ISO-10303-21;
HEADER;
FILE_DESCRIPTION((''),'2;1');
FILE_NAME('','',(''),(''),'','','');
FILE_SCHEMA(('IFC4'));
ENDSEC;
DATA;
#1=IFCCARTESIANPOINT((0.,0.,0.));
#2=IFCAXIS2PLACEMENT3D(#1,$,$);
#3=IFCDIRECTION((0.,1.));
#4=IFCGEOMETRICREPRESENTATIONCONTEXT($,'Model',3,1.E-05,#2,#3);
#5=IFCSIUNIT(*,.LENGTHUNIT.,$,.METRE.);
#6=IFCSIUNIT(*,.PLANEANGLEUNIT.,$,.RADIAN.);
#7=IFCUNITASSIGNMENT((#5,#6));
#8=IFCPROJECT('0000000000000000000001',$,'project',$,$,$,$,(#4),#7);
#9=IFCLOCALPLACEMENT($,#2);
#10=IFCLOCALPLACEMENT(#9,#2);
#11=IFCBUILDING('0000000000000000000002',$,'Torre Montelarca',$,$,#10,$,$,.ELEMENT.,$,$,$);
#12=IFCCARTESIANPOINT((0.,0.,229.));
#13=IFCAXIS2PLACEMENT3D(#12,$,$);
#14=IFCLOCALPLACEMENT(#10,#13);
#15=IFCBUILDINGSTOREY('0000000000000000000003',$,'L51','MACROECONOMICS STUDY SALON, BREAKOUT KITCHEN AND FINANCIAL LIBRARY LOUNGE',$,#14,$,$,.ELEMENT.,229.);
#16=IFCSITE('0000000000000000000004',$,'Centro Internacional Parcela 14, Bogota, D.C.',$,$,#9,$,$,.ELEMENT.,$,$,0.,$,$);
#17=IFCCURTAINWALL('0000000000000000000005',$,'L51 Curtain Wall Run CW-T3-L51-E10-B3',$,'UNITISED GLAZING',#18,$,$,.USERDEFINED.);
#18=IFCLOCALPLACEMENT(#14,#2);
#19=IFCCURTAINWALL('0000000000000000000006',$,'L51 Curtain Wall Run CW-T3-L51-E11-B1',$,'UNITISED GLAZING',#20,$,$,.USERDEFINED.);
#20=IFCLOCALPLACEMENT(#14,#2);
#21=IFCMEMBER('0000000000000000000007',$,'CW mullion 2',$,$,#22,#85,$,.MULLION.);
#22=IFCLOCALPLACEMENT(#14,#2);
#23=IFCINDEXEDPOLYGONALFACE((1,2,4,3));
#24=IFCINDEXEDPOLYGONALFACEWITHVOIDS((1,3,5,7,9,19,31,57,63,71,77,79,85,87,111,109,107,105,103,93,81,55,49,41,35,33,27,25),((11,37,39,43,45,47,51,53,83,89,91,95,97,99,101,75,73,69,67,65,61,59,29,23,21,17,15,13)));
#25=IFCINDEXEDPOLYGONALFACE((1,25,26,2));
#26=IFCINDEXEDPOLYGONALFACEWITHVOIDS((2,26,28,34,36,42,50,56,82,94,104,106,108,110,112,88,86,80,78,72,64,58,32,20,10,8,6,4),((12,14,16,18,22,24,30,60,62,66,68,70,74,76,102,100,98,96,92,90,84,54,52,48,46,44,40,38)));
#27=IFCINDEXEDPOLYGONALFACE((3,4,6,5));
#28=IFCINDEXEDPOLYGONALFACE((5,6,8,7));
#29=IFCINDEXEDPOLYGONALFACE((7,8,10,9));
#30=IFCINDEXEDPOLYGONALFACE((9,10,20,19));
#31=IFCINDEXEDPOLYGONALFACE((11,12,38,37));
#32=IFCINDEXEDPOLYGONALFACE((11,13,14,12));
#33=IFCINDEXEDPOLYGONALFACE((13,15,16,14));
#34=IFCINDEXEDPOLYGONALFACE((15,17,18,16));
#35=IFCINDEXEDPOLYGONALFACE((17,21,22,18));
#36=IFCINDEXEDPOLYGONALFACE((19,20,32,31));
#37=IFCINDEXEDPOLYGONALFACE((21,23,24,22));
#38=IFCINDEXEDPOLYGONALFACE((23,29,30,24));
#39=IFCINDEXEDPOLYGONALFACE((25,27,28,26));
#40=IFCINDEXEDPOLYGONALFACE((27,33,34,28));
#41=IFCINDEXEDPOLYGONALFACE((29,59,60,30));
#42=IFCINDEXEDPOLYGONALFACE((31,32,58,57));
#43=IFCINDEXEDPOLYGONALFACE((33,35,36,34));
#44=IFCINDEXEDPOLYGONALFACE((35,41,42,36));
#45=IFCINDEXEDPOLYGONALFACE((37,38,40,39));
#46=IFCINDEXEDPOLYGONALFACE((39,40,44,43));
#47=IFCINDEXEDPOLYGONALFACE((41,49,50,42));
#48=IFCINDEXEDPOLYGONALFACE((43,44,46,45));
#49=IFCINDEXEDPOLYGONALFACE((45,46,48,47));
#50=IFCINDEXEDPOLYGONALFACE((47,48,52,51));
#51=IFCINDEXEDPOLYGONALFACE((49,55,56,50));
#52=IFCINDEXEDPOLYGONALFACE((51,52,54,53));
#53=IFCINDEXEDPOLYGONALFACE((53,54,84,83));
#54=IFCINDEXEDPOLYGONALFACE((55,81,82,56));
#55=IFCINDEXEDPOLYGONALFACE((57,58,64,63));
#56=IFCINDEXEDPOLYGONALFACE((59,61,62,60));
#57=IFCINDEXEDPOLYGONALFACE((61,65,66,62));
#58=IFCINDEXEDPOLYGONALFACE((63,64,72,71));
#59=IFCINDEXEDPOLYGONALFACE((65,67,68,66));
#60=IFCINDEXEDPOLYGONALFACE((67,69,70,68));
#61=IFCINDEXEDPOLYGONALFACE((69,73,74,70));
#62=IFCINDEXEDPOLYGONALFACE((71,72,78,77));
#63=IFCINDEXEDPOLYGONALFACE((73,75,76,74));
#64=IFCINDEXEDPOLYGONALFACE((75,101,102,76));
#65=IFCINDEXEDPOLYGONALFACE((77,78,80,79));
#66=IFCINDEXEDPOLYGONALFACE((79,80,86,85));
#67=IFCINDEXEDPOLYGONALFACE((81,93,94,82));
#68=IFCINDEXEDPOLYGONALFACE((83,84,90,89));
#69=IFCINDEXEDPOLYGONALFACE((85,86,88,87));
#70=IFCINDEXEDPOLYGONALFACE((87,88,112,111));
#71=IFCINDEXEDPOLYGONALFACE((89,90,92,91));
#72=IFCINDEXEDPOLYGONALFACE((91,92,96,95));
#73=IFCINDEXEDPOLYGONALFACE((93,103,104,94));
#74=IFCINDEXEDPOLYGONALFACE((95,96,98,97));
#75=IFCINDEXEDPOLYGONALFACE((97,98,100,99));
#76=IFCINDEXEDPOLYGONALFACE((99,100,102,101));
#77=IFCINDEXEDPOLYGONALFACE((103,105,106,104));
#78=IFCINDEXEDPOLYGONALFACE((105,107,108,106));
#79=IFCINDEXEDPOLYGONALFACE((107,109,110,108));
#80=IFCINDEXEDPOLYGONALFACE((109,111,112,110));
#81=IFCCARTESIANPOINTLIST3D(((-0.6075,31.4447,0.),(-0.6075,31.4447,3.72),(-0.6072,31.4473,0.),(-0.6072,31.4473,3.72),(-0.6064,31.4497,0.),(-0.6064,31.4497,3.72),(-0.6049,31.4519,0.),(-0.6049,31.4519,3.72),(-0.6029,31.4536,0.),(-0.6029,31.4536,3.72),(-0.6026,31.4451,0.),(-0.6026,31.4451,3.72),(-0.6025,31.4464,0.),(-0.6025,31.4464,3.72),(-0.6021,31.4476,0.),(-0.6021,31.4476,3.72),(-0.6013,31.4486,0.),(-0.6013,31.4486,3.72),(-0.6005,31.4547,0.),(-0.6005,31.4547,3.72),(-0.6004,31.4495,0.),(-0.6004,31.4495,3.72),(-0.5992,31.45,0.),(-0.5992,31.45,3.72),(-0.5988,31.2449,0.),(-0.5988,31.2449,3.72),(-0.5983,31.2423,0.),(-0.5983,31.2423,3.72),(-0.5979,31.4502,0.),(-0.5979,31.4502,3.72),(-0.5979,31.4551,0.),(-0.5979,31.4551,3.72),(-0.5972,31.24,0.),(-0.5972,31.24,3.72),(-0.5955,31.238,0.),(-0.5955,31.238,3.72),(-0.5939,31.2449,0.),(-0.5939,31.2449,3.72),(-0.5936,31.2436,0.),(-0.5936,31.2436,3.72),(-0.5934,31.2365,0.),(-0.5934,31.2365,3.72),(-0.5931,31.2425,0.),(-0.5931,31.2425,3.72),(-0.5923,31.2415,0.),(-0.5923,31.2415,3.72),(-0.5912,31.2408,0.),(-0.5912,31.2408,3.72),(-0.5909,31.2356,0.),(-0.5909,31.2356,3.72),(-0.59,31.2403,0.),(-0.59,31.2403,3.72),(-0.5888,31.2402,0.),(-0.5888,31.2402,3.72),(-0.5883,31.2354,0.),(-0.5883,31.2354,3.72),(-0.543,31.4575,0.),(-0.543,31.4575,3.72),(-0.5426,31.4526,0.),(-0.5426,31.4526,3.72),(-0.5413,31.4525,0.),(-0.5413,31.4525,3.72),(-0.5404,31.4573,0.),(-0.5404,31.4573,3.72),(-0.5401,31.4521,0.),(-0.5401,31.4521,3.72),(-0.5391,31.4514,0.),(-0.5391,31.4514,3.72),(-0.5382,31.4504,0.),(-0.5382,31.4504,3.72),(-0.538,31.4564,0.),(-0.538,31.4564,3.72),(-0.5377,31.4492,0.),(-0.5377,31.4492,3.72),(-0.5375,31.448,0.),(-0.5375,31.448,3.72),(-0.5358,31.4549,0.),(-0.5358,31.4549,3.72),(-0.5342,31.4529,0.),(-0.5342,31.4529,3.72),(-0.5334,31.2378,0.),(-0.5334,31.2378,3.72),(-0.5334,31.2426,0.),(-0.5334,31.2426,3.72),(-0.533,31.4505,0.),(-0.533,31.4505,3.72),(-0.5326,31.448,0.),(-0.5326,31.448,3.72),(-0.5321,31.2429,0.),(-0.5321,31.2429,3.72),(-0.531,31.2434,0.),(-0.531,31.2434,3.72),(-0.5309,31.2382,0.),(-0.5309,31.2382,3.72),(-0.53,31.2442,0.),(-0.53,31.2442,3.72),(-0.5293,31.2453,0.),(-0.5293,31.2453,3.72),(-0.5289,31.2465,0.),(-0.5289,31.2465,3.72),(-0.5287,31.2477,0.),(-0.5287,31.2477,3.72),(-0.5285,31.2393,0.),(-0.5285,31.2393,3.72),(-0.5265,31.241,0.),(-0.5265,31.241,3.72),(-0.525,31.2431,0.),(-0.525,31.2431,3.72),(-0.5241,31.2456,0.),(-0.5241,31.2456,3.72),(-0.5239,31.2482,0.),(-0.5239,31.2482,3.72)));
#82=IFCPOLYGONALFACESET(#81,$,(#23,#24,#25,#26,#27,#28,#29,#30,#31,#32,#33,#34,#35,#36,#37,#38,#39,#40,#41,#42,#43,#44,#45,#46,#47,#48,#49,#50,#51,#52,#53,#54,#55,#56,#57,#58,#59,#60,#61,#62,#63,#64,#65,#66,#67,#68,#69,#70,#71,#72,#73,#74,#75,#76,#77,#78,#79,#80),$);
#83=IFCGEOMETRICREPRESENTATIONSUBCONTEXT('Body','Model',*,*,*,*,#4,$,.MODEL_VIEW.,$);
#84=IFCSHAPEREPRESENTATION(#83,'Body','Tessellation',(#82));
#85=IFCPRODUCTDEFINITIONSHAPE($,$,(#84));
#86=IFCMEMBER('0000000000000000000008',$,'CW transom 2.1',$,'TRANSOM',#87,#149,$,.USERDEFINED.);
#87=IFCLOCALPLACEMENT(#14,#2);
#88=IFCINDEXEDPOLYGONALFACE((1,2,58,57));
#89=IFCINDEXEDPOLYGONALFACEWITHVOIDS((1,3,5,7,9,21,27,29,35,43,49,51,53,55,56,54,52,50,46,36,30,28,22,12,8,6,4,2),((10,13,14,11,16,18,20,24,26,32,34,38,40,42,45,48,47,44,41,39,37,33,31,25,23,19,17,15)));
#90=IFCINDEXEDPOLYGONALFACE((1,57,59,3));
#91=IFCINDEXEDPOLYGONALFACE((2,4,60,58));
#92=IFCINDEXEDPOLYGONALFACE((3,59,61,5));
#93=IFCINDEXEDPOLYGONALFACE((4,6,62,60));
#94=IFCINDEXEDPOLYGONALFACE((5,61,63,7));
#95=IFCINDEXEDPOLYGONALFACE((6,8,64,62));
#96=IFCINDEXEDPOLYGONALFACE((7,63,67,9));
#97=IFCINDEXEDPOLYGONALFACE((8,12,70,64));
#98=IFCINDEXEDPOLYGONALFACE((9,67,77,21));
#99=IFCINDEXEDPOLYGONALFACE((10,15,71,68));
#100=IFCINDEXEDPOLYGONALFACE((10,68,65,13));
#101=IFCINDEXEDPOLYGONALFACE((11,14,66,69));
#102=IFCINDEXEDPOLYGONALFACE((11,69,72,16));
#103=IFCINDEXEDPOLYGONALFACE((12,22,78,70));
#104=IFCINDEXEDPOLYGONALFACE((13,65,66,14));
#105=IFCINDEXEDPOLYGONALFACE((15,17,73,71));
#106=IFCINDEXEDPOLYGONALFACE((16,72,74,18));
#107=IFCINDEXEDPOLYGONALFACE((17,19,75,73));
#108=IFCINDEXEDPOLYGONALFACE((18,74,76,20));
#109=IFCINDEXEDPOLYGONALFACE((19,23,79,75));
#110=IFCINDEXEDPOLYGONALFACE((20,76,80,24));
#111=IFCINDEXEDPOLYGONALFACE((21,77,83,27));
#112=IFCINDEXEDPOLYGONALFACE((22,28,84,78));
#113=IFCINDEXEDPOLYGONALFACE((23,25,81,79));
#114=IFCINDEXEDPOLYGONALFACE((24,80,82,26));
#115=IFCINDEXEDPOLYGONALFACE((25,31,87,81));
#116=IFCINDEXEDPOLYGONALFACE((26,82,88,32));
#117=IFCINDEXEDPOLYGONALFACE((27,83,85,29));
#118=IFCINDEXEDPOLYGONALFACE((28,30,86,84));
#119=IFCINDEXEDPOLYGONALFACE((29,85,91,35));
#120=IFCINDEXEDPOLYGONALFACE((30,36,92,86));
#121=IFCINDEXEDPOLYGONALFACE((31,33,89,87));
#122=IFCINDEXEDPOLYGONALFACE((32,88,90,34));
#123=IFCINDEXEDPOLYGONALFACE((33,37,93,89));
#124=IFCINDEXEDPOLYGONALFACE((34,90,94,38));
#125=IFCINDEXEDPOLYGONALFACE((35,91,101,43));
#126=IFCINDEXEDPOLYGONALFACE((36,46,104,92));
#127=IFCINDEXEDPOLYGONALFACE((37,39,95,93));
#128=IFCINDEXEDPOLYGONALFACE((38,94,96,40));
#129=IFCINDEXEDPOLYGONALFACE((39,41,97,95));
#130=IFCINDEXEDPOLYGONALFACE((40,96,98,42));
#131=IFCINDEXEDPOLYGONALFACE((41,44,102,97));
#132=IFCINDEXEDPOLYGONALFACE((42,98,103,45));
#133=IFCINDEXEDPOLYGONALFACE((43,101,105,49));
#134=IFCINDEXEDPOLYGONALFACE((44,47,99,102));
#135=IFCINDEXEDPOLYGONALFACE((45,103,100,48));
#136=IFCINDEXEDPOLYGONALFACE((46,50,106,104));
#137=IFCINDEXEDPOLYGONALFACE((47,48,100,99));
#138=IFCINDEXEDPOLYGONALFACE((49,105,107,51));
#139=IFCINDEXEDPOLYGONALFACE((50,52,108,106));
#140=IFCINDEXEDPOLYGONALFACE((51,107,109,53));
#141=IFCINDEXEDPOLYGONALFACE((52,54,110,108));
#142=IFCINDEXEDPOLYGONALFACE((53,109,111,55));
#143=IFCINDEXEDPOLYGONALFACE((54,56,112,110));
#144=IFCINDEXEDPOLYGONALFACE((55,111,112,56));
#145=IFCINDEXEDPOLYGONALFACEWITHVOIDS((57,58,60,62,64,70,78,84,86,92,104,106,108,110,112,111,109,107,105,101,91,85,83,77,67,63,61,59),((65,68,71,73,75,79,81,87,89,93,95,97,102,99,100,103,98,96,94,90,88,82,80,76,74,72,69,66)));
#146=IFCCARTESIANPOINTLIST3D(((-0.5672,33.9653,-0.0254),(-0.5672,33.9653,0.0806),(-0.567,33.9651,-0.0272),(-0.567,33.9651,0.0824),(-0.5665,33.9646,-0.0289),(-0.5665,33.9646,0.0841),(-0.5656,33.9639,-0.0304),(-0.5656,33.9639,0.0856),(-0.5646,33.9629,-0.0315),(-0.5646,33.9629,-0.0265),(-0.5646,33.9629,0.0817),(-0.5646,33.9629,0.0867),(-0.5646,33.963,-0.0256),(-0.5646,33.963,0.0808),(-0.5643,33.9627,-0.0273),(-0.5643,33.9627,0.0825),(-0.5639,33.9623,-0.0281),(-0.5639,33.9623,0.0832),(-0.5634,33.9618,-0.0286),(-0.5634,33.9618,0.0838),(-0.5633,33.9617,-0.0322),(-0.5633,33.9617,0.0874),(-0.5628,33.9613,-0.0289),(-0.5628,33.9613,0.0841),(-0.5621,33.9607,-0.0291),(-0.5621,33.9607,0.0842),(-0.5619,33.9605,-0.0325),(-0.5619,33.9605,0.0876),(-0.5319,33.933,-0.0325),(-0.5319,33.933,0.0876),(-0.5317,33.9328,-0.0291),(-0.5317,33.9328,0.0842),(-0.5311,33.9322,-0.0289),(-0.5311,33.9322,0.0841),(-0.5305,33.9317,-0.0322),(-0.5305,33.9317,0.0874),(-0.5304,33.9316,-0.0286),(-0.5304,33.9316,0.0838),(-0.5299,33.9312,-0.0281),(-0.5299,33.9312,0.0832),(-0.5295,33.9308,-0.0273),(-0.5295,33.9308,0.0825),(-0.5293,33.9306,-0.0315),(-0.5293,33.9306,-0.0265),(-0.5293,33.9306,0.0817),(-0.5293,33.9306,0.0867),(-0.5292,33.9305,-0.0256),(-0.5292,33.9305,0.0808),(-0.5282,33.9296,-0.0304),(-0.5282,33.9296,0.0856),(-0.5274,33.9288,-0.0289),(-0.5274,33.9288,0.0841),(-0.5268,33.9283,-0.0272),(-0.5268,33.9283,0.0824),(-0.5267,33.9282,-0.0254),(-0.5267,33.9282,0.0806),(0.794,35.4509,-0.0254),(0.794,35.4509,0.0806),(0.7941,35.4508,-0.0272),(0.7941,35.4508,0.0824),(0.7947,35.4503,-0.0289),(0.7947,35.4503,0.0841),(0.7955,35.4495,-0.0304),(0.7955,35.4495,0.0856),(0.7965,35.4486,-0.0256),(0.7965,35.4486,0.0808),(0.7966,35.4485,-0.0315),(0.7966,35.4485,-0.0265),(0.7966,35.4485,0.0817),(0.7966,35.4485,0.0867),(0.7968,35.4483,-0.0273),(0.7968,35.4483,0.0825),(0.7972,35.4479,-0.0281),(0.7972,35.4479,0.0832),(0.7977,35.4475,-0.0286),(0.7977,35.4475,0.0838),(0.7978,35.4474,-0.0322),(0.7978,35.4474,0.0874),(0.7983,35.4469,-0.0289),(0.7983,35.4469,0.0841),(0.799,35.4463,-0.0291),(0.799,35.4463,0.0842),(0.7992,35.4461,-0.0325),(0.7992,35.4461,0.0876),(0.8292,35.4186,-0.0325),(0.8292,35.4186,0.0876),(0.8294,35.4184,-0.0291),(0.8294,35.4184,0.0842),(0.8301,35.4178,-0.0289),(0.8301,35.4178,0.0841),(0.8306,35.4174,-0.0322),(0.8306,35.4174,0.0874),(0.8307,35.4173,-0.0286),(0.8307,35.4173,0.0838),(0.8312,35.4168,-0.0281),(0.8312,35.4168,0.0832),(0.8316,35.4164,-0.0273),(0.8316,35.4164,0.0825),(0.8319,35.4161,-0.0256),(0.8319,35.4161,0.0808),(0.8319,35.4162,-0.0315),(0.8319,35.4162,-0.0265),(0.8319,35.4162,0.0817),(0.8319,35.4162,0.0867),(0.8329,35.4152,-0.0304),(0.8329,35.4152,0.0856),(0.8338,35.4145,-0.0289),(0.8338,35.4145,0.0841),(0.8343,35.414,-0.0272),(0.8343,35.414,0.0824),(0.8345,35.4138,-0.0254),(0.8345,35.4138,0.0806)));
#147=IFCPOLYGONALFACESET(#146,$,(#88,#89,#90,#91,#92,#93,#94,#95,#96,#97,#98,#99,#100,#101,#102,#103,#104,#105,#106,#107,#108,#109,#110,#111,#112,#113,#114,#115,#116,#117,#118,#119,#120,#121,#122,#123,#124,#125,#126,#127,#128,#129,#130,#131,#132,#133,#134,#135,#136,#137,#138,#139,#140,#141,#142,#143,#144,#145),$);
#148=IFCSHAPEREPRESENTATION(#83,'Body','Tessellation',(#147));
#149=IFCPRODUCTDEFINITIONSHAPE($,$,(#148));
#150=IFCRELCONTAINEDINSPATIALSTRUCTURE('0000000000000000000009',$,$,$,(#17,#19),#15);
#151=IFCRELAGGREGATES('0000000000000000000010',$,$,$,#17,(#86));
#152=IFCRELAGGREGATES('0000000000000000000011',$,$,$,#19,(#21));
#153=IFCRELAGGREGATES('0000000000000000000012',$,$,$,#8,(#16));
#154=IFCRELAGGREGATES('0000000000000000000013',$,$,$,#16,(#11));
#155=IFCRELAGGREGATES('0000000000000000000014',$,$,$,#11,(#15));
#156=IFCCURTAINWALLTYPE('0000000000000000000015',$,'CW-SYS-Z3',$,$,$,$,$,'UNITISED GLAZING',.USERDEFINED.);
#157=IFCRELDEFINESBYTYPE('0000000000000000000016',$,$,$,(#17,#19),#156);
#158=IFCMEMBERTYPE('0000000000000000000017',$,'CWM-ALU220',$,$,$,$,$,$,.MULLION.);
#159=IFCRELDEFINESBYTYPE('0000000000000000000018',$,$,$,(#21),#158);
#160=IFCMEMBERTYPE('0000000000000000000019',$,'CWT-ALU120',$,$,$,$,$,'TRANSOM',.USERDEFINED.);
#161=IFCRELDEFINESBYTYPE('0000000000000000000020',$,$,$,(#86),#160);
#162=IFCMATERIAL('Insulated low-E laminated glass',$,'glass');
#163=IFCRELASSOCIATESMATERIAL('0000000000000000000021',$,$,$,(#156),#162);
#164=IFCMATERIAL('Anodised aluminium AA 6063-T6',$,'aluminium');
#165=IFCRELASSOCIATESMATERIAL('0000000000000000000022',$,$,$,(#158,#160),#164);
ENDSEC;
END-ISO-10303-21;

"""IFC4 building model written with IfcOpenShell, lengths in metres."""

from ifc_helpers import new_model, si_unit, direction, frame, origin, origin_2d, place, context, subcontext, project, spatial, hollow_rectangle, extrude, source, transform, mapped, material, material_profile, profile_set, type_object, element, aggregate, save


model = new_model("IFC4")

# Units and contexts
model_context = context("Model", 3, precision=1e-05, world=origin(), true_north=direction((0.0, 1.0)))
body_context = subcontext(model_context, "Body", "Model", "MODEL_VIEW")
ifc_project = project(units=[si_unit("LENGTHUNIT", "METRE"), si_unit("PLANEANGLEUNIT", "RADIAN")], contexts=[model_context])

# Site, building, storey
site_placement = place(None, origin())
site = spatial("IfcSite", under=ifc_project, at=site_placement, Name="Centro Internacional Parcela 14, Bogota, D.C.", CompositionType="ELEMENT", RefElevation=0.0)
building_placement = place(site_placement, origin())
building = spatial("IfcBuilding", under=site, at=building_placement, Name="Torre Montelarca", CompositionType="ELEMENT")
storey_placement = place(building_placement, frame((0.0, 0.0, 229.0)))
storey = spatial("IfcBuildingStorey", under=building, at=storey_placement, Name="L51", Description="MACROECONOMICS STUDY SALON, BREAKOUT KITCHEN AND FINANCIAL LIBRARY LOUNGE", CompositionType="ELEMENT", Elevation=229.0)

# Curtain wall
ifc_material_1 = material(Name="Insulated low-E laminated glass", Category="glass")
curtain_wall_type = type_object("IfcCurtainWallType", Name="CW-SYS-Z3", ElementType="UNITISED GLAZING", PredefinedType="USERDEFINED", material=ifc_material_1)
curtain_wall_1_placement = place(storey_placement, origin())
curtain_wall_1 = element("IfcCurtainWall", 1, at=curtain_wall_1_placement, inside=storey, type_object=curtain_wall_type, Name="L51 Curtain Wall Run CW-T3-L51-E10-B3", ObjectType="UNITISED GLAZING", PredefinedType="USERDEFINED")
ifc_material_2 = material(Name="Anodised aluminium AA 6063-T6", Category="aluminium")
ifc_material_profile_1 = material_profile(ifc_material_2, hollow_rectangle(XDim=0.075, YDim=0.22, WallThickness=0.0049, InnerFilletRadius=0.0049, OuterFilletRadius=0.01, at=origin_2d()), Name="ALU75X220X5", Category="aluminium")
ifc_profile_set_1 = profile_set([ifc_material_profile_1], Name="Anodised aluminium AA 6063-T6")
member_type_1 = type_object("IfcMemberType", Name="CWM-ALU220", PredefinedType="MULLION", material=ifc_profile_set_1)
shared_shape_1 = source(origin(), body_context, "Body", "SweptSolid", [
    extrude(hollow_rectangle(XDim=0.075, YDim=0.22, WallThickness=0.0049, InnerFilletRadius=0.0049, OuterFilletRadius=0.01, at=origin_2d()), origin(), (0.0, 0.0, 1.0), 3.72),
])

# Curtain wall, member
curtain_wall_2_placement = place(storey_placement, origin())
curtain_wall_2 = element("IfcCurtainWall", 2, at=curtain_wall_2_placement, inside=storey, type_object=curtain_wall_type, Name="L51 Curtain Wall Run CW-T3-L51-E11-B1", ObjectType="UNITISED GLAZING", PredefinedType="USERDEFINED")
member_1_placement = place(storey_placement, frame((-0.5657, 31.3464, 0.0), z_axis=(0.0, 0.0, 1.0), x_axis=(0.999048, 0.043625, 0.0)))
member_1 = element("IfcMember", 3, at=member_1_placement, type_object=member_type_1, Name="CW mullion 2", PredefinedType="MULLION", context=body_context, shape_type="MappedRepresentation", body=[
    mapped(shared_shape_1, transform((0.0, 0.0, 0.0), scale=1.0)),
])

# Member
ifc_material_profile_2 = material_profile(ifc_material_2, hollow_rectangle(XDim=0.0549, YDim=0.1201, WallThickness=0.0034, InnerFilletRadius=0.0034, OuterFilletRadius=0.0071, at=origin_2d()), Name="ALU55X120X3.5", Category="aluminium")
ifc_profile_set_2 = profile_set([ifc_material_profile_2], Name="Anodised aluminium AA 6063-T6")
member_type_2 = type_object("IfcMemberType", Name="CWT-ALU120", ElementType="TRANSOM", PredefinedType="USERDEFINED", material=ifc_profile_set_2)
shared_shape_2 = source(origin(), body_context, "Body", "SweptSolid", [
    extrude(hollow_rectangle(XDim=0.0549, YDim=0.1201, WallThickness=0.0034, InnerFilletRadius=0.0034, OuterFilletRadius=0.0071, at=origin_2d()), origin(), (0.0, 0.0, 1.0), 2.0149),
])
member_2_placement = place(storey_placement, frame((0.8142, 35.4324, 0.0276), z_axis=(-0.675533, -0.73733, 0.0), x_axis=(0.73733, -0.675533, 0.0)))
member_2 = element("IfcMember", 4, at=member_2_placement, type_object=member_type_2, Name="CW transom 2.1", ObjectType="TRANSOM", PredefinedType="USERDEFINED", context=body_context, shape_type="MappedRepresentation", body=[
    mapped(shared_shape_2, transform((0.0, 0.0, 0.0), scale=1.0)),
])

aggregate(curtain_wall_1, [member_2])
aggregate(curtain_wall_2, [member_1])

save(model, "model.ifc")
